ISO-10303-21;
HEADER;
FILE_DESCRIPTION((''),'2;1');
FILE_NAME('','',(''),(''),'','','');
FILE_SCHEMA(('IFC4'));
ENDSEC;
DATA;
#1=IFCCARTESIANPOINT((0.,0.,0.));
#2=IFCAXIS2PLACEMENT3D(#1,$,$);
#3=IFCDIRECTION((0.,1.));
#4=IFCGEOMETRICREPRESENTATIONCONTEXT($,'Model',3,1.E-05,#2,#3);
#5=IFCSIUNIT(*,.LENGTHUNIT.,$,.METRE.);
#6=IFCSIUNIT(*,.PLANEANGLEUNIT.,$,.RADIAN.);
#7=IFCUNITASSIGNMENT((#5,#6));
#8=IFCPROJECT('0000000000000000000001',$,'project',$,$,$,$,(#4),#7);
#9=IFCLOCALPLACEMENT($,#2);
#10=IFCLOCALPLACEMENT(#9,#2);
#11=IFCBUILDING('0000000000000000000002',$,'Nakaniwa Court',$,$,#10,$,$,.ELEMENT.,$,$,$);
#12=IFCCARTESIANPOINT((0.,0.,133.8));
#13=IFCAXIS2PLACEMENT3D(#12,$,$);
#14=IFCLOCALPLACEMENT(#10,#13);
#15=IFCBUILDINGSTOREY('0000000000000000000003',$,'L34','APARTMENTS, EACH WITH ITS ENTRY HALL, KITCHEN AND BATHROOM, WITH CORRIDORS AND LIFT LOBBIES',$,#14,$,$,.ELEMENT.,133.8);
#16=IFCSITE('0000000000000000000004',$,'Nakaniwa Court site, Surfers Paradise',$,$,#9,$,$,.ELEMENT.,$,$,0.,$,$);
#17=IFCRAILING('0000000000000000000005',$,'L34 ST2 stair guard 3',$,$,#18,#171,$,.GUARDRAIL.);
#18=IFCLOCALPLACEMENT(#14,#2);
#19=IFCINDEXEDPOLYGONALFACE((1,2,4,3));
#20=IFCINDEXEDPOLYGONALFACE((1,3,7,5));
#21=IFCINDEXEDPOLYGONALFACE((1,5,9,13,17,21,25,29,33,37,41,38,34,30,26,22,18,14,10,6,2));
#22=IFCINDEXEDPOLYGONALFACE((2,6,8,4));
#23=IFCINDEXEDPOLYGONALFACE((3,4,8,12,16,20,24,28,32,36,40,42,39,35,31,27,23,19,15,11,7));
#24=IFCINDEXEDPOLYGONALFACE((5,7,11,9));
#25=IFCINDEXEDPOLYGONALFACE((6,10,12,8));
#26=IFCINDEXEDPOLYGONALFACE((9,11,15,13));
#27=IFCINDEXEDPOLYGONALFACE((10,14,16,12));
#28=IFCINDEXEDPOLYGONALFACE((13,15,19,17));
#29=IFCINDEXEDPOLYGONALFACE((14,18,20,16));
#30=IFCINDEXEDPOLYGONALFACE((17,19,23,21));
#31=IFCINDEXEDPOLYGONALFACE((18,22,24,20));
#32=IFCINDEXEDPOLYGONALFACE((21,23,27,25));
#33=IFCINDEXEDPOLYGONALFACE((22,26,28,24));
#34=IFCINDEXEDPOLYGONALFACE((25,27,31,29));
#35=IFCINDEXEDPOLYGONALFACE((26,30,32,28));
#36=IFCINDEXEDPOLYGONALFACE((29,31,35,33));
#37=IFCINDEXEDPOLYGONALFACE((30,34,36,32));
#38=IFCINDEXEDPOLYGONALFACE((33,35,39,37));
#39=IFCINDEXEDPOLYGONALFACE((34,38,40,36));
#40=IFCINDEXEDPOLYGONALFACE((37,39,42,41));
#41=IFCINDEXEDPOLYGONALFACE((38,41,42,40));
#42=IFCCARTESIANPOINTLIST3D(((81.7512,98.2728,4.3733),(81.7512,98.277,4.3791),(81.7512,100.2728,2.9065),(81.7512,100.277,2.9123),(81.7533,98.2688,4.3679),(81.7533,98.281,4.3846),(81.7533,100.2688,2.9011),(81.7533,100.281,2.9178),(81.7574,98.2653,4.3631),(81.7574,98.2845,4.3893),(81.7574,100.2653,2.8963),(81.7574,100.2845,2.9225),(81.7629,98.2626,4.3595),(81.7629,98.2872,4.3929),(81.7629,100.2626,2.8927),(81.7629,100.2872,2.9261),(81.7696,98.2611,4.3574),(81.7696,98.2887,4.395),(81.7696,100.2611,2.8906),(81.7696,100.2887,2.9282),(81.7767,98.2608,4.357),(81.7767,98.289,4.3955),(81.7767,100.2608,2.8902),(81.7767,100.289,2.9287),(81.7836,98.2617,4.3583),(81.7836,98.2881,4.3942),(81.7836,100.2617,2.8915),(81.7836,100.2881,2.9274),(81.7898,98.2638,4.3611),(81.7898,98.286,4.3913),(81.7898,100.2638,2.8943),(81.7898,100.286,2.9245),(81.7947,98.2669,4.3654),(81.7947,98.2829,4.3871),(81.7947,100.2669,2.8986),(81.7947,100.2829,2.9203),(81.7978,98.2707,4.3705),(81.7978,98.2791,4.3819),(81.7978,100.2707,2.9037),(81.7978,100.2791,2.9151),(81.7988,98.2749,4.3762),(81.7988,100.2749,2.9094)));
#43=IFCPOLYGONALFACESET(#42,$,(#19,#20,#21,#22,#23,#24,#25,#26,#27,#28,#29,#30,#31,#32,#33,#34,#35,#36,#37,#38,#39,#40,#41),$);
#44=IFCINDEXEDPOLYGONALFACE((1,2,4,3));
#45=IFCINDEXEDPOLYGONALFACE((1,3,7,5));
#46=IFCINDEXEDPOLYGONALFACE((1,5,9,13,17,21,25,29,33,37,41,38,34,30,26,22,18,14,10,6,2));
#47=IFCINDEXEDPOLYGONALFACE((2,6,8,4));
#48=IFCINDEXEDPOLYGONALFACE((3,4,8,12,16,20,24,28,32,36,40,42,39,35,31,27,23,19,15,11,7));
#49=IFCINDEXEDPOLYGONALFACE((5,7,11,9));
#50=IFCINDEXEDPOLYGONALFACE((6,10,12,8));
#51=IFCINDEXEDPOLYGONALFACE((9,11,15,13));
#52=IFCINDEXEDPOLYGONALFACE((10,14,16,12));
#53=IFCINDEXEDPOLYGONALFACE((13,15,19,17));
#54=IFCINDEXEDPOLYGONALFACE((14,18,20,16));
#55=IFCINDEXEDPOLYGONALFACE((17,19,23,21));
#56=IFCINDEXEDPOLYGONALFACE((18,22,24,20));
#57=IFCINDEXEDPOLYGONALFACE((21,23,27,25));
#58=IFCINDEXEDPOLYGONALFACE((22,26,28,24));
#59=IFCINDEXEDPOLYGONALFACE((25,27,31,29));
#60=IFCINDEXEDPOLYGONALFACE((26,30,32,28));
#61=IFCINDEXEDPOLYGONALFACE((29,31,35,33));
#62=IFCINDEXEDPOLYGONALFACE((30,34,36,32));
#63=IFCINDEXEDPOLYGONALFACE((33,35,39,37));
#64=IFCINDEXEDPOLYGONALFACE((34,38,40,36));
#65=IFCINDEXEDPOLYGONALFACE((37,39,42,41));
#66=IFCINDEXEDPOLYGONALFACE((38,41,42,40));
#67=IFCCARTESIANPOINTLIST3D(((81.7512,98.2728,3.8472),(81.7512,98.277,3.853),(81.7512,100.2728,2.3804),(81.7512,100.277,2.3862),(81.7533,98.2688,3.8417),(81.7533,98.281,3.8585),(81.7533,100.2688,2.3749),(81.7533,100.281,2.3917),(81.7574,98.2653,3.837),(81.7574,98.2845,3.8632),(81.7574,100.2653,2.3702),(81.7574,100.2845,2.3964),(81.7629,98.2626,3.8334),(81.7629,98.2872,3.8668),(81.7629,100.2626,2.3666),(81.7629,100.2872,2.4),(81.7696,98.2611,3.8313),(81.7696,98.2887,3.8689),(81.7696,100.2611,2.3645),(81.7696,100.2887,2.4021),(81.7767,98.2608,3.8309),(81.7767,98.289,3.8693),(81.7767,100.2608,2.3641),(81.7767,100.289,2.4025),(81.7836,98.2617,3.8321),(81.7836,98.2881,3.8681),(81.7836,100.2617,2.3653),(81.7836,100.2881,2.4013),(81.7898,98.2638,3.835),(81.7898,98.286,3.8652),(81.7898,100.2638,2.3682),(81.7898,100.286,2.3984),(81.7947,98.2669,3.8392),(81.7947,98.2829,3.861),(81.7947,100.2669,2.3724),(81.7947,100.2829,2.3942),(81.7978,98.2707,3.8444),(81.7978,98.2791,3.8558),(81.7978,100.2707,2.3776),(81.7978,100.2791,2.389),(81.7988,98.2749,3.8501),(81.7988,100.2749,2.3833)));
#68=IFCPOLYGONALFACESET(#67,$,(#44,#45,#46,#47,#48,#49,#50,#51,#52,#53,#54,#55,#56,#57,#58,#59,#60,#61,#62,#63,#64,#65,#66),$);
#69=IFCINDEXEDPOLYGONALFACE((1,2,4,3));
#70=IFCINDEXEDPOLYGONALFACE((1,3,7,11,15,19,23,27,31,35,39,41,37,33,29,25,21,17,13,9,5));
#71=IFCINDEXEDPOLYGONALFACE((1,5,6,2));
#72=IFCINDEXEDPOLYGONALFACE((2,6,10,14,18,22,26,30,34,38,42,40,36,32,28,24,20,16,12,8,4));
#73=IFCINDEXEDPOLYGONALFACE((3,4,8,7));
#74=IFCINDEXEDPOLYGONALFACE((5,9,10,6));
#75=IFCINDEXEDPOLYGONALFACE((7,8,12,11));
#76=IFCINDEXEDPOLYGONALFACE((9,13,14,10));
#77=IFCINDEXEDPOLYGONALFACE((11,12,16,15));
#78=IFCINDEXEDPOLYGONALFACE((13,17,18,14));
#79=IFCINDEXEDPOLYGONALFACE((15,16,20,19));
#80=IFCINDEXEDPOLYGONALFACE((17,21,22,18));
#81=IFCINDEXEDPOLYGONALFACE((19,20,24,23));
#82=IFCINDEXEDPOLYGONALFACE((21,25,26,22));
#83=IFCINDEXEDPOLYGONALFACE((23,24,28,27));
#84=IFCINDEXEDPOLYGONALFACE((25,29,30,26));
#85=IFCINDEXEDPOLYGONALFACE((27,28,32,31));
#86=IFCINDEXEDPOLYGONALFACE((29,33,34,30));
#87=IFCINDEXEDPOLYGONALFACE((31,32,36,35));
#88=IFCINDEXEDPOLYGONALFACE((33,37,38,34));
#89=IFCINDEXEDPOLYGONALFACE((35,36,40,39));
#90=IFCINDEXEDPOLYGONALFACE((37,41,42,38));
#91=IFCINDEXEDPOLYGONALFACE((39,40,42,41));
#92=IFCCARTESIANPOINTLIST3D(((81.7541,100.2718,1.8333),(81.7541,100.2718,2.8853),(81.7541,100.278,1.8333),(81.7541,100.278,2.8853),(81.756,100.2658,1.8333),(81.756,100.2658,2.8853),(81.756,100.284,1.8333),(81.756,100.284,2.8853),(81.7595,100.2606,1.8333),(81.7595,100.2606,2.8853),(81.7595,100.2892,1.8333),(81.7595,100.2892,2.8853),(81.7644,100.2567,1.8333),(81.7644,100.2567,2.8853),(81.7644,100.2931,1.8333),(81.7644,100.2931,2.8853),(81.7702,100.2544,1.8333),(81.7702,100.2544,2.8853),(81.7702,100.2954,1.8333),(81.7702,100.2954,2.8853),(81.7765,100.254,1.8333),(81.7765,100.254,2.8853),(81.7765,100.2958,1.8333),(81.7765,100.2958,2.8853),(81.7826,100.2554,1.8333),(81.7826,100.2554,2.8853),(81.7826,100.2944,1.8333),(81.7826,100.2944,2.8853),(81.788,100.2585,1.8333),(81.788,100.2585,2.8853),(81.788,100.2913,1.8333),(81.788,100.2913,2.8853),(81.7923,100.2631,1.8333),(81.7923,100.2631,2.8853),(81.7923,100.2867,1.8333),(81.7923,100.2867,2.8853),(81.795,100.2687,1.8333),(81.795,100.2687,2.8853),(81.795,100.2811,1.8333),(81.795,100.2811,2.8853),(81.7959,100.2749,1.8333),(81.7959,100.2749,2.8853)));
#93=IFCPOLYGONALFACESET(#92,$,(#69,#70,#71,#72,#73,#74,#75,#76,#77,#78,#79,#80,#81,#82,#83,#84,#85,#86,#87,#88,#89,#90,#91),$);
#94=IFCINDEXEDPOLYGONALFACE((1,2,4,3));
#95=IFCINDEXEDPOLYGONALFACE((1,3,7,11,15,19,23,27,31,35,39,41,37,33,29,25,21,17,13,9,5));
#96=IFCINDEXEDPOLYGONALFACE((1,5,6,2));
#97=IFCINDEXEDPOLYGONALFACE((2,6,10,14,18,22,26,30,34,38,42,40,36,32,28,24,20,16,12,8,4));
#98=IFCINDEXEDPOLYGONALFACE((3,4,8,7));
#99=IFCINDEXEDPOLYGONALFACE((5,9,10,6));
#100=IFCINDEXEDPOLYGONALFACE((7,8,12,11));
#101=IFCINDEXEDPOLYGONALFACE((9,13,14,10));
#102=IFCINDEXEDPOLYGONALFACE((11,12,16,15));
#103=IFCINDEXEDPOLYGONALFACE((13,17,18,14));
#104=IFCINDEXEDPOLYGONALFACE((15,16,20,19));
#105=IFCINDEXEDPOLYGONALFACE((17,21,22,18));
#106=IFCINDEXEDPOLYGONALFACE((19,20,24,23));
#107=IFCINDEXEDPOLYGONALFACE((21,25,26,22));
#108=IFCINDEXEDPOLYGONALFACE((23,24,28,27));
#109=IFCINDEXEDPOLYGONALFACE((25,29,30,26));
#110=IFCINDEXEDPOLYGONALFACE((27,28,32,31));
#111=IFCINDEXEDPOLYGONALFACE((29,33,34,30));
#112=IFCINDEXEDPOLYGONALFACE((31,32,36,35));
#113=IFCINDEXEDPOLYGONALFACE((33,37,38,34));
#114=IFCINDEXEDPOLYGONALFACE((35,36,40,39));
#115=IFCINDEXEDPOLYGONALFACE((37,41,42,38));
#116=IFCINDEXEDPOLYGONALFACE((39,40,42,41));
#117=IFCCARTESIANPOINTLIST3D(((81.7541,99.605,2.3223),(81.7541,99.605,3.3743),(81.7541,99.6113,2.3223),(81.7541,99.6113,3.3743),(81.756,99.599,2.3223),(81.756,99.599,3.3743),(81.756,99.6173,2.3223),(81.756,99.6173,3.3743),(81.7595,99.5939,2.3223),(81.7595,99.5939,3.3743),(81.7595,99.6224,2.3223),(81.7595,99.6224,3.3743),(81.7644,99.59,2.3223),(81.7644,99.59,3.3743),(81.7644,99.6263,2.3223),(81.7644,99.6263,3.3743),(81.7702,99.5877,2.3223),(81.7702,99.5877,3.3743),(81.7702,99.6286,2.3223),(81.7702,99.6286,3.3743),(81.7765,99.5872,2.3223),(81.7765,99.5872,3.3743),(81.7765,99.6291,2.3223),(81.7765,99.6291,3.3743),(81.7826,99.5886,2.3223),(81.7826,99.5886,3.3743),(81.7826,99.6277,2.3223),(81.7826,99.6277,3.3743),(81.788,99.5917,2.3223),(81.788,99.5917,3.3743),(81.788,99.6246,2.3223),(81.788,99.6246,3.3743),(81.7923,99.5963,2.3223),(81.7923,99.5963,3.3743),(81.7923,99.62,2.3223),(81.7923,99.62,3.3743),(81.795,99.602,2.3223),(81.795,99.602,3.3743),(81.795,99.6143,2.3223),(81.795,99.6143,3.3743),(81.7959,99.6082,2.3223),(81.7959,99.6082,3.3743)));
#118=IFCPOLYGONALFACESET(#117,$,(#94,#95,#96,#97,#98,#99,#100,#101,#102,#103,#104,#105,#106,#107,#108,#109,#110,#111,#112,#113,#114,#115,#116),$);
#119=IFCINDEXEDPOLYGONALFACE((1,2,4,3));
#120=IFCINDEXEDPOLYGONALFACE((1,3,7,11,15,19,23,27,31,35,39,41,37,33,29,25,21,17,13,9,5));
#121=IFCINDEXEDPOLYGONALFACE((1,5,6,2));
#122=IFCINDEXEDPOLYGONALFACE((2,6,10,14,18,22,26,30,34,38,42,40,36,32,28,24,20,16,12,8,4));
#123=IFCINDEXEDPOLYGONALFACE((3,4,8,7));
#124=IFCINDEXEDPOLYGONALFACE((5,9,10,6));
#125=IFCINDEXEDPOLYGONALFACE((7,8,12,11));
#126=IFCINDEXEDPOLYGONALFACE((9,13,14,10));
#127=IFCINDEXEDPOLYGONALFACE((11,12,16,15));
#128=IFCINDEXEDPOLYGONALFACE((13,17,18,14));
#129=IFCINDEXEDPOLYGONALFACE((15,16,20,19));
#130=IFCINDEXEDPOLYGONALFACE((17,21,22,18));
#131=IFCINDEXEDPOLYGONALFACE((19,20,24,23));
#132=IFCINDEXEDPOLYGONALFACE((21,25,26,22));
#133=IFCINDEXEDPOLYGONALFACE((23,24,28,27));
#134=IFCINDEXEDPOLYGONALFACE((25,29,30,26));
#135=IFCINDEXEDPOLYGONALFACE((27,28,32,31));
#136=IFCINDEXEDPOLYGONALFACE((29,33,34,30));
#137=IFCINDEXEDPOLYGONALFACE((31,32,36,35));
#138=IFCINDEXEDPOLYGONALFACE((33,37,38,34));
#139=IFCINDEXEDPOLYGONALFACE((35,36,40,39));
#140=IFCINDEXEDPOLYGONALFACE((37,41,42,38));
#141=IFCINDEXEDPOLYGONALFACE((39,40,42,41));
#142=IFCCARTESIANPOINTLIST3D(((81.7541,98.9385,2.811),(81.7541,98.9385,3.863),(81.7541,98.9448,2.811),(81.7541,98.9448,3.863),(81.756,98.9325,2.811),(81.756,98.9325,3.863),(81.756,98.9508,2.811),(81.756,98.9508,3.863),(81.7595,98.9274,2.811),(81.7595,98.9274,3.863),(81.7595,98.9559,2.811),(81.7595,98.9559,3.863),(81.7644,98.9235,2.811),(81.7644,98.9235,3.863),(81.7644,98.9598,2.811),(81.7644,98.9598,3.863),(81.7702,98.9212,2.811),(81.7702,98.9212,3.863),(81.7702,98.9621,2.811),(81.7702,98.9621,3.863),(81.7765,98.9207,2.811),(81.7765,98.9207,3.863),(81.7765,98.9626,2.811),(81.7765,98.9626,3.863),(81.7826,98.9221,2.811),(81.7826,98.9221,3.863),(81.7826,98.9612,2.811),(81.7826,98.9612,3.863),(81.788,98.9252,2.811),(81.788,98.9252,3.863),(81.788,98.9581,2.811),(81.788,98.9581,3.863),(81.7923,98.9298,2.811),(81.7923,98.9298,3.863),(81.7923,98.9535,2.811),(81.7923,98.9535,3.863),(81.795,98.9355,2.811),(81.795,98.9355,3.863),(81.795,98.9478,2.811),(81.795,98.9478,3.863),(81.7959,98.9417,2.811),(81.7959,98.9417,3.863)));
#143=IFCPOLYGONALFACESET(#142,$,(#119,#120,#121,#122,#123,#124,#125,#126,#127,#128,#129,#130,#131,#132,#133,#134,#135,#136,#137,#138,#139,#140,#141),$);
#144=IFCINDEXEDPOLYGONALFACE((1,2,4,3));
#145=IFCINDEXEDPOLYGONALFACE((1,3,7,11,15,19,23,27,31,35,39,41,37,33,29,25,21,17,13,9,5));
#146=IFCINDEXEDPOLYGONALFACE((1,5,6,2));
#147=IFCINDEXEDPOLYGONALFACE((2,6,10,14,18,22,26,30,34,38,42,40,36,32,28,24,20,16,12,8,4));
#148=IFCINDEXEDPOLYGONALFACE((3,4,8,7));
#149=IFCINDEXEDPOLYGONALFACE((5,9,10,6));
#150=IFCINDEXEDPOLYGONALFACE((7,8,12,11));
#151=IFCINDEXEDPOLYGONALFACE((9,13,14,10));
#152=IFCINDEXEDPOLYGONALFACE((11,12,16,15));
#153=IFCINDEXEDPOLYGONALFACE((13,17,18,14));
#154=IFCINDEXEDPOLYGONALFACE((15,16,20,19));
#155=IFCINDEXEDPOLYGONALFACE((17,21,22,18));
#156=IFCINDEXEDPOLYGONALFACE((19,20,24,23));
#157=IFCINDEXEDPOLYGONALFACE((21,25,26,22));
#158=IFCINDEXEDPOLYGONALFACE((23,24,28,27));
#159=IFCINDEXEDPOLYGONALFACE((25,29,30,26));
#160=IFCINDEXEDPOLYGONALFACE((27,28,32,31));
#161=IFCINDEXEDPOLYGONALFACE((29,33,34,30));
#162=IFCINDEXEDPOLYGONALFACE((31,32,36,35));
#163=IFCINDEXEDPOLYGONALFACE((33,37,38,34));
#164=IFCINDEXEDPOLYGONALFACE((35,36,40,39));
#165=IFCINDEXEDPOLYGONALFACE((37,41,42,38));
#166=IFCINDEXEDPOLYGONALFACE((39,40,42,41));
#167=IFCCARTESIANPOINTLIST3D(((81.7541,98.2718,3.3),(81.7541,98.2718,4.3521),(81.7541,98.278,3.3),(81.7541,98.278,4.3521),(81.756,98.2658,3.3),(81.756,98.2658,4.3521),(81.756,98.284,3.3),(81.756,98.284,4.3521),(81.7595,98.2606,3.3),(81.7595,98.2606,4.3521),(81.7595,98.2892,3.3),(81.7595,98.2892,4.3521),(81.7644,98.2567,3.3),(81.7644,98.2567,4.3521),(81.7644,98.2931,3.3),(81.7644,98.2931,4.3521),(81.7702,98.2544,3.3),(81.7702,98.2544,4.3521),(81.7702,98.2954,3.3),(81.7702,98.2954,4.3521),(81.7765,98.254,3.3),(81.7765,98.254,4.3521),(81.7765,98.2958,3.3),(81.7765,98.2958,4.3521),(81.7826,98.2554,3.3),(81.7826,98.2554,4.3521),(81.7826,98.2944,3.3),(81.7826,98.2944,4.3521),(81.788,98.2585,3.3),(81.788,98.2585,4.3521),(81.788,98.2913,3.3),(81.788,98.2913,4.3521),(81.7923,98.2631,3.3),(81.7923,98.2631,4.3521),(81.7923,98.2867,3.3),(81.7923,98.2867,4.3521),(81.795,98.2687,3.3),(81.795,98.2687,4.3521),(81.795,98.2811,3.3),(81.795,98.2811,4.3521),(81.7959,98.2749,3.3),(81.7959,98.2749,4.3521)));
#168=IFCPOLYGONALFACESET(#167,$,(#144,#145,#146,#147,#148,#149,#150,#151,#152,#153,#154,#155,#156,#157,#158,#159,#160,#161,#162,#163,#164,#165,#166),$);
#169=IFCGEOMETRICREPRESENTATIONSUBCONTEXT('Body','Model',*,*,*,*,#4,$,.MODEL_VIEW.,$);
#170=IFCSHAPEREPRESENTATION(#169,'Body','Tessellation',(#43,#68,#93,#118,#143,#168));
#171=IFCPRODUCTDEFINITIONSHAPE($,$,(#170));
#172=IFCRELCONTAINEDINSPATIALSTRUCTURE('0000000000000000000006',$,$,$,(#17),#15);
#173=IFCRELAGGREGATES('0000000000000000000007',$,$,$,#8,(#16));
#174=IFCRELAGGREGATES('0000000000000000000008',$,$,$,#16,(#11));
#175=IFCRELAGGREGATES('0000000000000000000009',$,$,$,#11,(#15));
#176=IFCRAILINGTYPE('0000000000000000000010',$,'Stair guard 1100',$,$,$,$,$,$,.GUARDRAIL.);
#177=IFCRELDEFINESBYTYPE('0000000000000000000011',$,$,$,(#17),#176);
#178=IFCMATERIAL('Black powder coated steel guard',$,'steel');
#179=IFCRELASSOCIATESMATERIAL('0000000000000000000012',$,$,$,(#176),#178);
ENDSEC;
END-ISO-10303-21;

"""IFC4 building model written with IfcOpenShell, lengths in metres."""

from ifc_helpers import new_model, si_unit, direction, frame, origin, origin_2d, place, context, subcontext, project, spatial, circle, extrude, material, type_object, element, save


model = new_model("IFC4")

# Units and contexts
model_context = context("Model", 3, precision=1e-05, world=origin(), true_north=direction((0.0, 1.0)))
body_context = subcontext(model_context, "Body", "Model", "MODEL_VIEW")
ifc_project = project(units=[si_unit("LENGTHUNIT", "METRE"), si_unit("PLANEANGLEUNIT", "RADIAN")], contexts=[model_context])

# Site, building, storey
site_placement = place(None, origin())
site = spatial("IfcSite", under=ifc_project, at=site_placement, Name="Nakaniwa Court site, Surfers Paradise", CompositionType="ELEMENT", RefElevation=0.0)
building_placement = place(site_placement, origin())
building = spatial("IfcBuilding", under=site, at=building_placement, Name="Nakaniwa Court", CompositionType="ELEMENT")
storey_placement = place(building_placement, frame((0.0, 0.0, 133.8)))
storey = spatial("IfcBuildingStorey", under=building, at=storey_placement, Name="L34", Description="APARTMENTS, EACH WITH ITS ENTRY HALL, KITCHEN AND BATHROOM, WITH CORRIDORS AND LIFT LOBBIES", CompositionType="ELEMENT", Elevation=133.8)

# Railing
ifc_material_1 = material(Name="Black powder coated steel guard", Category="steel")
railing_type_1 = type_object("IfcRailingType", Name="Stair guard 1100", PredefinedType="GUARDRAIL", material=ifc_material_1)
railing_1_placement = place(storey_placement, frame((81.7749, 100.2749, 1.8333)))
element("IfcRailing", 1, at=railing_1_placement, inside=storey, type_object=railing_type_1, Name="L34 ST2 stair guard 3", PredefinedType="GUARDRAIL", context=body_context, shape_type="SweptSolid", body=[
    extrude(circle(Radius=0.0239, at=origin_2d()), frame((0.0, 0.0, 1.0762), z_axis=(0.0, -0.80638, 0.591398), x_axis=(1.0, 0.0, 0.0)), (0.0, 0.0, 1.0), 2.4802),
    extrude(circle(Radius=0.0239, at=origin_2d()), frame((0.0, 0.0, 0.55), z_axis=(0.0, -0.80638, 0.591398), x_axis=(1.0, 0.0, 0.0)), (0.0, 0.0, 1.0), 2.4802),
    extrude(circle(Radius=0.021, at=origin_2d()), origin(), (0.0, 0.0, 1.0), 1.052),
    extrude(circle(Radius=0.021, at=origin_2d()), frame((0.0, -0.6667, 0.489)), (0.0, 0.0, 1.0), 1.052),
    extrude(circle(Radius=0.021, at=origin_2d()), frame((0.0, -1.3333, 0.9778)), (0.0, 0.0, 1.0), 1.052),
    extrude(circle(Radius=0.021, at=origin_2d()), frame((0.0, -2.0, 1.4668)), (0.0, 0.0, 1.0), 1.052),
])

save(model, "model.ifc")
